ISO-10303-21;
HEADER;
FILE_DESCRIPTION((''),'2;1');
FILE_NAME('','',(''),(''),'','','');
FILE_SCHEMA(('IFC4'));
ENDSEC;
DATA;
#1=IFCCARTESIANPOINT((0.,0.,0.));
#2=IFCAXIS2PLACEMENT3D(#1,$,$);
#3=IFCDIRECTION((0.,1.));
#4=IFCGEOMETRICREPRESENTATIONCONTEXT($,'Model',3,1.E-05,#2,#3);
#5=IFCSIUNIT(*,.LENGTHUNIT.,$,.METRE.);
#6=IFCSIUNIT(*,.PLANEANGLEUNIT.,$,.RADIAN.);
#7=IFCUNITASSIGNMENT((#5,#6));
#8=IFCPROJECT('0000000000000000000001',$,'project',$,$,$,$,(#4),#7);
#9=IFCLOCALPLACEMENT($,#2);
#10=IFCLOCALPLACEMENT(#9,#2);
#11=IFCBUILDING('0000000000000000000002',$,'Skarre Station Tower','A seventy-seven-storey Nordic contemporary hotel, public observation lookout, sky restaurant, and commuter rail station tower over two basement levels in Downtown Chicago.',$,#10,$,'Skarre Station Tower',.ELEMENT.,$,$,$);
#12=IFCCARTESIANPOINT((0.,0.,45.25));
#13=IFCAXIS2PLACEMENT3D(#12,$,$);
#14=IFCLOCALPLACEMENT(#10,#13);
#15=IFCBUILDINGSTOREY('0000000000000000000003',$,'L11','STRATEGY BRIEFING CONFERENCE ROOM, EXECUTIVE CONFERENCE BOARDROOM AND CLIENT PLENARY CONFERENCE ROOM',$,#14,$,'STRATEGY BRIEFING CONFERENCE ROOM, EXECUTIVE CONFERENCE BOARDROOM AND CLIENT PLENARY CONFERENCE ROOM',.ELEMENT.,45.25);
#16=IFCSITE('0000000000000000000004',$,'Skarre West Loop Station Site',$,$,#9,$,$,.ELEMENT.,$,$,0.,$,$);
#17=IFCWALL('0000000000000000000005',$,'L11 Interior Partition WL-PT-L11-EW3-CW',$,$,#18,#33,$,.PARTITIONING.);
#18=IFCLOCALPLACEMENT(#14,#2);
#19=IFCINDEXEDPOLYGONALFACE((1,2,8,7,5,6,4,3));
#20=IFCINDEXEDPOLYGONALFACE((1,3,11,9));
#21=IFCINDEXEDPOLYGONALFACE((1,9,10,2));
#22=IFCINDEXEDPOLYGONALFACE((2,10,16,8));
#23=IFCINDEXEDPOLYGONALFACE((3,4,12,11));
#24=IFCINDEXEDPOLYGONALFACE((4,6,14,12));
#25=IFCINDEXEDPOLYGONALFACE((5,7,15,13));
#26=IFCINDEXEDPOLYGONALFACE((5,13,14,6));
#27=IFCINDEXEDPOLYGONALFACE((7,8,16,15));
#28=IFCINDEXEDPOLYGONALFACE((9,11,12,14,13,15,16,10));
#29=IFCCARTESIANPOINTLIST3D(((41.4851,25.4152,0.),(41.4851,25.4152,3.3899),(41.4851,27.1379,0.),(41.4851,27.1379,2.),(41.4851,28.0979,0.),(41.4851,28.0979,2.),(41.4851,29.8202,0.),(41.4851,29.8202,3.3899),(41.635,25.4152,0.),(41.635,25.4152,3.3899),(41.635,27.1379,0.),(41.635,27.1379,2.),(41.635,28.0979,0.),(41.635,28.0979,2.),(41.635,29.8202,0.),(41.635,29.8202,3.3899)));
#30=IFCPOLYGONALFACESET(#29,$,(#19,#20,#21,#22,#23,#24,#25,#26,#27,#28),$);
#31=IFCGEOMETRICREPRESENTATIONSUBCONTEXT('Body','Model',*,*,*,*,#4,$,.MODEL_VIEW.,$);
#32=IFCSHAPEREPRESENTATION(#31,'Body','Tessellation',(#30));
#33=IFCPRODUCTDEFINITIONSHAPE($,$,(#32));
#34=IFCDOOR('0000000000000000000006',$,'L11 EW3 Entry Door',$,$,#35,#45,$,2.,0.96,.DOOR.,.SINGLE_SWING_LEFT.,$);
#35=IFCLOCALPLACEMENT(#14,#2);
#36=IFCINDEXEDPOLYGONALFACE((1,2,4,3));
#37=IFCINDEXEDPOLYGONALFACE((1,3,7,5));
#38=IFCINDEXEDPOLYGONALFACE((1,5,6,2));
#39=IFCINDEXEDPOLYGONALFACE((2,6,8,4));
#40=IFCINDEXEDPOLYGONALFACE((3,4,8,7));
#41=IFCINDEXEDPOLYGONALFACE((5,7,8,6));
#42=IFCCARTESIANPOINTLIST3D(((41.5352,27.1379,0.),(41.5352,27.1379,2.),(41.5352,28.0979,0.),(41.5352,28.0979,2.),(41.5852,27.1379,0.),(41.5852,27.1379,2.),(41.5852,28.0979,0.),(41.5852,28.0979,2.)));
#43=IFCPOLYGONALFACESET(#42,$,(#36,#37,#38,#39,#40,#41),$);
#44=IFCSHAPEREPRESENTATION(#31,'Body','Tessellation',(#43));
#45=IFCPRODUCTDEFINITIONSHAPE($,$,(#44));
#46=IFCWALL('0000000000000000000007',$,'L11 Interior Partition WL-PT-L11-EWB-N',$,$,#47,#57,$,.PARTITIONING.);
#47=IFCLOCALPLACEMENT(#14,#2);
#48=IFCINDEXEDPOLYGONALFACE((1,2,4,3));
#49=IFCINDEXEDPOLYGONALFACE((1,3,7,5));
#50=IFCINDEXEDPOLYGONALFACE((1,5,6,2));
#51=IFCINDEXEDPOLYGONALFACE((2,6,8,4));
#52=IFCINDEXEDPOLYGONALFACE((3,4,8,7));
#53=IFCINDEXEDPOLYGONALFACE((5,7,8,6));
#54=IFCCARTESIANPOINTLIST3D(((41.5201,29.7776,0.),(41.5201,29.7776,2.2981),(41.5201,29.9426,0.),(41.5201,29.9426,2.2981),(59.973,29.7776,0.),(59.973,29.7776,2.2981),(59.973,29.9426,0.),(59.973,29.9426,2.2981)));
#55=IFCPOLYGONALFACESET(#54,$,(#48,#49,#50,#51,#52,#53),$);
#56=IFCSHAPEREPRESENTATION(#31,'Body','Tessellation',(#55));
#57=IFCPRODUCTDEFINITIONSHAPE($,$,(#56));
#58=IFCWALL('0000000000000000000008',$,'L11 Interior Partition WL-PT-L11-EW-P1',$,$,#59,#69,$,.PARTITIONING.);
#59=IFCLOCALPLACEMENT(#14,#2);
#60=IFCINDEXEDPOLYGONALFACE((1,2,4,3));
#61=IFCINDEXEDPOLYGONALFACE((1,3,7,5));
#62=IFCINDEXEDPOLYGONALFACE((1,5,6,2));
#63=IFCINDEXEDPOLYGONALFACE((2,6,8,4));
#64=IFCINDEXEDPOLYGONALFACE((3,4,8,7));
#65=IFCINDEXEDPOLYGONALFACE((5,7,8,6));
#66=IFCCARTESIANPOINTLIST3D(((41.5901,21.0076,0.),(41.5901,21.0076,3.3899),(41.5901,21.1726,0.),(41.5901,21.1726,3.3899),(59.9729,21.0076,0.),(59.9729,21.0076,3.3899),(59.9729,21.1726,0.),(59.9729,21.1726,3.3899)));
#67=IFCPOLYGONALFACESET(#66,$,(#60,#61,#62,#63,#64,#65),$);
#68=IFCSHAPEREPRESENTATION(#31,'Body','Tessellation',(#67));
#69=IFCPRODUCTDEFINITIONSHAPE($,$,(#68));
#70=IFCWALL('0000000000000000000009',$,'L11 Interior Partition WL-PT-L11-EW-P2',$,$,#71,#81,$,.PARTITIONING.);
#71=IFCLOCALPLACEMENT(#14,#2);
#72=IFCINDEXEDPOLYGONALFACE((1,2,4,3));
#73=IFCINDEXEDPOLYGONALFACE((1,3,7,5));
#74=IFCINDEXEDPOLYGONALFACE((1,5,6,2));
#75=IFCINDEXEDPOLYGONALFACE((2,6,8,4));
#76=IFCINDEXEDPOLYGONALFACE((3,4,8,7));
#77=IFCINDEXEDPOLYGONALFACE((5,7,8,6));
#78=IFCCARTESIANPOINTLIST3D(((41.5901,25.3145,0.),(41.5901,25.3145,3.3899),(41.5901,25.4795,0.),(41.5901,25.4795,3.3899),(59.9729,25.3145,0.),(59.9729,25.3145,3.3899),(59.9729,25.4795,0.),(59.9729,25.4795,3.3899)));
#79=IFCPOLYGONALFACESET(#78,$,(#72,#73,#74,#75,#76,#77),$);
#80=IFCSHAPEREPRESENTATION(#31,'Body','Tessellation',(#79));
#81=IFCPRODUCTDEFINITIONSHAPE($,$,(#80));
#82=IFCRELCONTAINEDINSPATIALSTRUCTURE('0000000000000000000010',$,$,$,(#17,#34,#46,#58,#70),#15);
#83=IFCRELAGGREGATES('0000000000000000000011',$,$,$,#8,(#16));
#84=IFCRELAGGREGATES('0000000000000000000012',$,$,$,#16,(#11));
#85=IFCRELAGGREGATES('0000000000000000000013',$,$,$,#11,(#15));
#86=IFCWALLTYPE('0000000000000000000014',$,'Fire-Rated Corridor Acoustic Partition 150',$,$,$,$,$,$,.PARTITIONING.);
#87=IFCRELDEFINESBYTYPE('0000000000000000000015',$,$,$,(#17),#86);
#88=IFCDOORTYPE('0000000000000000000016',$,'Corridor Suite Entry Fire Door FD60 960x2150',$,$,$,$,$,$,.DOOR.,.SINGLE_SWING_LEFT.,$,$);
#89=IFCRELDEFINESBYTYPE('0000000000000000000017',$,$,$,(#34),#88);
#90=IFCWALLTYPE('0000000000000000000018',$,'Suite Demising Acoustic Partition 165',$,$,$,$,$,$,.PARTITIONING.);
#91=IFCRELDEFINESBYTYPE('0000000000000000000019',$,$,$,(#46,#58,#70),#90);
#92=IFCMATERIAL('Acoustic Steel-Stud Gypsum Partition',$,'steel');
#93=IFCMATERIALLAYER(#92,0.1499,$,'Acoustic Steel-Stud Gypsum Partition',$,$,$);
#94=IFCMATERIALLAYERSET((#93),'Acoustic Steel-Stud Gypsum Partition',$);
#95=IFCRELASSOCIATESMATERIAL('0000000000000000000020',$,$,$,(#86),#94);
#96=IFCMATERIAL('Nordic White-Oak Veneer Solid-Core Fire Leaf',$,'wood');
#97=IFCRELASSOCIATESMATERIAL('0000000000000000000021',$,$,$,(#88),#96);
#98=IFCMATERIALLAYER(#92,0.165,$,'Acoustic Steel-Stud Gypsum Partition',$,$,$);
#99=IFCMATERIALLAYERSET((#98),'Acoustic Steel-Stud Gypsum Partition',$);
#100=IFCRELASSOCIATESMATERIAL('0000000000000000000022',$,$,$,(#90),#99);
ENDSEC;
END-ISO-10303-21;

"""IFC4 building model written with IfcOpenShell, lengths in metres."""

from ifc_helpers import new_model, si_unit, direction, frame, frame_2d, origin, place, context, subcontext, project, spatial, rectangle, extrude, material, layer, layer_set, type_object, element, fill, save


model = new_model("IFC4")

# Units and contexts
model_context = context("Model", 3, precision=1e-05, world=origin(), true_north=direction((0.0, 1.0)))
body_context = subcontext(model_context, "Body", "Model", "MODEL_VIEW")
ifc_project = project(units=[si_unit("LENGTHUNIT", "METRE"), si_unit("PLANEANGLEUNIT", "RADIAN")], contexts=[model_context])

# Site, building, storey
site_placement = place(None, origin())
site = spatial("IfcSite", under=ifc_project, at=site_placement, Name="Skarre West Loop Station Site", CompositionType="ELEMENT", RefElevation=0.0)
building_placement = place(site_placement, origin())
building = spatial("IfcBuilding", under=site, at=building_placement, Name="Skarre Station Tower", Description="A seventy-seven-storey Nordic contemporary hotel, public observation lookout, sky restaurant, and commuter rail station tower over two basement levels in Downtown Chicago.", LongName="Skarre Station Tower", CompositionType="ELEMENT")
storey_placement = place(building_placement, frame((0.0, 0.0, 45.25)))
storey = spatial("IfcBuildingStorey", under=building, at=storey_placement, Name="L11", Description="STRATEGY BRIEFING CONFERENCE ROOM, EXECUTIVE CONFERENCE BOARDROOM AND CLIENT PLENARY CONFERENCE ROOM", LongName="STRATEGY BRIEFING CONFERENCE ROOM, EXECUTIVE CONFERENCE BOARDROOM AND CLIENT PLENARY CONFERENCE ROOM", CompositionType="ELEMENT", Elevation=45.25)

# Shared definitions
ifc_material_1 = material(Name="Acoustic Steel-Stud Gypsum Partition", Category="steel")
ifc_layer_1 = layer(ifc_material_1, 0.1499, Name="Acoustic Steel-Stud Gypsum Partition")
ifc_layer_set_1 = layer_set([ifc_layer_1], Name="Acoustic Steel-Stud Gypsum Partition")
wall_type_1 = type_object("IfcWallType", Name="Fire-Rated Corridor Acoustic Partition 150", PredefinedType="PARTITIONING", material=ifc_layer_set_1)

# Wall, opening, door
ifc_material_2 = material(Name="Nordic White-Oak Veneer Solid-Core Fire Leaf", Category="wood")
door_type = type_object("IfcDoorType", Name="Corridor Suite Entry Fire Door FD60 960x2150", OperationType="SINGLE_SWING_LEFT", PredefinedType="DOOR", material=ifc_material_2)
wall_1_placement = place(storey_placement, frame((41.5601, 25.415, 0.0), z_axis=(0.0, 0.0, 1.0), x_axis=(0.0, 1.0, 0.0)))
wall_1 = element("IfcWall", 1, at=wall_1_placement, inside=storey, type_object=wall_type_1, Name="L11 Interior Partition WL-PT-L11-EW3-CW", PredefinedType="PARTITIONING", context=body_context, shape_type="SweptSolid", body=[
    extrude(rectangle(XDim=4.405, YDim=0.1499, at=frame_2d((2.2026, 0.0))), origin(), (0.0, 0.0, 1.0), 3.3899),
])
opening_1_placement = place(wall_1_placement, frame((1.7229, 0.0, 0.0)))
opening_1 = element("IfcOpeningElement", 2, at=opening_1_placement, cuts=wall_1, PredefinedType="OPENING", context=body_context, shape_type="SweptSolid", body=[
    extrude(rectangle(XDim=0.96, YDim=2.0, at=frame_2d((0.48, 1.0))), frame((0.0, 0.085, 0.0), z_axis=(0.0, -1.0, 0.0), x_axis=(1.0, 0.0, 0.0)), (0.0, 0.0, 1.0), 0.1699),
])
door_1_placement = place(opening_1_placement, origin())
door_1 = element("IfcDoor", 3, at=door_1_placement, inside=storey, type_object=door_type, Name="L11 EW3 Entry Door", OperationType="SINGLE_SWING_LEFT", OverallHeight=2.0, OverallWidth=0.96, PredefinedType="DOOR", context=body_context, shape_type="SweptSolid", body=[
    extrude(rectangle(XDim=0.96, YDim=2.0, at=frame_2d((0.48, 1.0))), frame((0.0, 0.0249, 0.0), z_axis=(0.0, -1.0, 0.0), x_axis=(1.0, 0.0, 0.0)), (0.0, 0.0, 1.0), 0.05),
])
fill(opening_1, door_1)

# Walls
ifc_layer_2 = layer(ifc_material_1, 0.165, Name="Acoustic Steel-Stud Gypsum Partition")
ifc_layer_set_2 = layer_set([ifc_layer_2], Name="Acoustic Steel-Stud Gypsum Partition")
wall_type_2 = type_object("IfcWallType", Name="Suite Demising Acoustic Partition 165", PredefinedType="PARTITIONING", material=ifc_layer_set_2)
wall_2_placement = place(storey_placement, frame((41.52, 29.8601, 0.0), z_axis=(0.0, 0.0, 1.0), x_axis=(1.0, 0.0, 0.0)))
element("IfcWall", 4, at=wall_2_placement, inside=storey, type_object=wall_type_2, Name="L11 Interior Partition WL-PT-L11-EWB-N", PredefinedType="PARTITIONING", context=body_context, shape_type="SweptSolid", body=[
    extrude(rectangle(XDim=18.4529, YDim=0.165, at=frame_2d((9.2266, 0.0))), origin(), (0.0, 0.0, 1.0), 2.2981),
])
for number, where, z_axis, x_axis, name in (
    (5, (41.5901, 21.0901, 0.0), (0.0, 0.0, 1.0), (1.0, 0.0, 0.0), "L11 Interior Partition WL-PT-L11-EW-P1"),
    (6, (41.5901, 25.397, 0.0), (0.0, 0.0, 1.0), (1.0, 0.0, 0.0), "L11 Interior Partition WL-PT-L11-EW-P2"),
):
    element("IfcWall", number, at=place(storey_placement, frame(where, z_axis=z_axis, x_axis=x_axis)), inside=storey, type_object=wall_type_2, Name=name, PredefinedType="PARTITIONING", context=body_context, shape_type="SweptSolid", body=[
        extrude(rectangle(XDim=18.3828, YDim=0.165, at=frame_2d((9.1914, 0.0))), origin(), (0.0, 0.0, 1.0), 3.3899),
    ])

save(model, "model.ifc")
